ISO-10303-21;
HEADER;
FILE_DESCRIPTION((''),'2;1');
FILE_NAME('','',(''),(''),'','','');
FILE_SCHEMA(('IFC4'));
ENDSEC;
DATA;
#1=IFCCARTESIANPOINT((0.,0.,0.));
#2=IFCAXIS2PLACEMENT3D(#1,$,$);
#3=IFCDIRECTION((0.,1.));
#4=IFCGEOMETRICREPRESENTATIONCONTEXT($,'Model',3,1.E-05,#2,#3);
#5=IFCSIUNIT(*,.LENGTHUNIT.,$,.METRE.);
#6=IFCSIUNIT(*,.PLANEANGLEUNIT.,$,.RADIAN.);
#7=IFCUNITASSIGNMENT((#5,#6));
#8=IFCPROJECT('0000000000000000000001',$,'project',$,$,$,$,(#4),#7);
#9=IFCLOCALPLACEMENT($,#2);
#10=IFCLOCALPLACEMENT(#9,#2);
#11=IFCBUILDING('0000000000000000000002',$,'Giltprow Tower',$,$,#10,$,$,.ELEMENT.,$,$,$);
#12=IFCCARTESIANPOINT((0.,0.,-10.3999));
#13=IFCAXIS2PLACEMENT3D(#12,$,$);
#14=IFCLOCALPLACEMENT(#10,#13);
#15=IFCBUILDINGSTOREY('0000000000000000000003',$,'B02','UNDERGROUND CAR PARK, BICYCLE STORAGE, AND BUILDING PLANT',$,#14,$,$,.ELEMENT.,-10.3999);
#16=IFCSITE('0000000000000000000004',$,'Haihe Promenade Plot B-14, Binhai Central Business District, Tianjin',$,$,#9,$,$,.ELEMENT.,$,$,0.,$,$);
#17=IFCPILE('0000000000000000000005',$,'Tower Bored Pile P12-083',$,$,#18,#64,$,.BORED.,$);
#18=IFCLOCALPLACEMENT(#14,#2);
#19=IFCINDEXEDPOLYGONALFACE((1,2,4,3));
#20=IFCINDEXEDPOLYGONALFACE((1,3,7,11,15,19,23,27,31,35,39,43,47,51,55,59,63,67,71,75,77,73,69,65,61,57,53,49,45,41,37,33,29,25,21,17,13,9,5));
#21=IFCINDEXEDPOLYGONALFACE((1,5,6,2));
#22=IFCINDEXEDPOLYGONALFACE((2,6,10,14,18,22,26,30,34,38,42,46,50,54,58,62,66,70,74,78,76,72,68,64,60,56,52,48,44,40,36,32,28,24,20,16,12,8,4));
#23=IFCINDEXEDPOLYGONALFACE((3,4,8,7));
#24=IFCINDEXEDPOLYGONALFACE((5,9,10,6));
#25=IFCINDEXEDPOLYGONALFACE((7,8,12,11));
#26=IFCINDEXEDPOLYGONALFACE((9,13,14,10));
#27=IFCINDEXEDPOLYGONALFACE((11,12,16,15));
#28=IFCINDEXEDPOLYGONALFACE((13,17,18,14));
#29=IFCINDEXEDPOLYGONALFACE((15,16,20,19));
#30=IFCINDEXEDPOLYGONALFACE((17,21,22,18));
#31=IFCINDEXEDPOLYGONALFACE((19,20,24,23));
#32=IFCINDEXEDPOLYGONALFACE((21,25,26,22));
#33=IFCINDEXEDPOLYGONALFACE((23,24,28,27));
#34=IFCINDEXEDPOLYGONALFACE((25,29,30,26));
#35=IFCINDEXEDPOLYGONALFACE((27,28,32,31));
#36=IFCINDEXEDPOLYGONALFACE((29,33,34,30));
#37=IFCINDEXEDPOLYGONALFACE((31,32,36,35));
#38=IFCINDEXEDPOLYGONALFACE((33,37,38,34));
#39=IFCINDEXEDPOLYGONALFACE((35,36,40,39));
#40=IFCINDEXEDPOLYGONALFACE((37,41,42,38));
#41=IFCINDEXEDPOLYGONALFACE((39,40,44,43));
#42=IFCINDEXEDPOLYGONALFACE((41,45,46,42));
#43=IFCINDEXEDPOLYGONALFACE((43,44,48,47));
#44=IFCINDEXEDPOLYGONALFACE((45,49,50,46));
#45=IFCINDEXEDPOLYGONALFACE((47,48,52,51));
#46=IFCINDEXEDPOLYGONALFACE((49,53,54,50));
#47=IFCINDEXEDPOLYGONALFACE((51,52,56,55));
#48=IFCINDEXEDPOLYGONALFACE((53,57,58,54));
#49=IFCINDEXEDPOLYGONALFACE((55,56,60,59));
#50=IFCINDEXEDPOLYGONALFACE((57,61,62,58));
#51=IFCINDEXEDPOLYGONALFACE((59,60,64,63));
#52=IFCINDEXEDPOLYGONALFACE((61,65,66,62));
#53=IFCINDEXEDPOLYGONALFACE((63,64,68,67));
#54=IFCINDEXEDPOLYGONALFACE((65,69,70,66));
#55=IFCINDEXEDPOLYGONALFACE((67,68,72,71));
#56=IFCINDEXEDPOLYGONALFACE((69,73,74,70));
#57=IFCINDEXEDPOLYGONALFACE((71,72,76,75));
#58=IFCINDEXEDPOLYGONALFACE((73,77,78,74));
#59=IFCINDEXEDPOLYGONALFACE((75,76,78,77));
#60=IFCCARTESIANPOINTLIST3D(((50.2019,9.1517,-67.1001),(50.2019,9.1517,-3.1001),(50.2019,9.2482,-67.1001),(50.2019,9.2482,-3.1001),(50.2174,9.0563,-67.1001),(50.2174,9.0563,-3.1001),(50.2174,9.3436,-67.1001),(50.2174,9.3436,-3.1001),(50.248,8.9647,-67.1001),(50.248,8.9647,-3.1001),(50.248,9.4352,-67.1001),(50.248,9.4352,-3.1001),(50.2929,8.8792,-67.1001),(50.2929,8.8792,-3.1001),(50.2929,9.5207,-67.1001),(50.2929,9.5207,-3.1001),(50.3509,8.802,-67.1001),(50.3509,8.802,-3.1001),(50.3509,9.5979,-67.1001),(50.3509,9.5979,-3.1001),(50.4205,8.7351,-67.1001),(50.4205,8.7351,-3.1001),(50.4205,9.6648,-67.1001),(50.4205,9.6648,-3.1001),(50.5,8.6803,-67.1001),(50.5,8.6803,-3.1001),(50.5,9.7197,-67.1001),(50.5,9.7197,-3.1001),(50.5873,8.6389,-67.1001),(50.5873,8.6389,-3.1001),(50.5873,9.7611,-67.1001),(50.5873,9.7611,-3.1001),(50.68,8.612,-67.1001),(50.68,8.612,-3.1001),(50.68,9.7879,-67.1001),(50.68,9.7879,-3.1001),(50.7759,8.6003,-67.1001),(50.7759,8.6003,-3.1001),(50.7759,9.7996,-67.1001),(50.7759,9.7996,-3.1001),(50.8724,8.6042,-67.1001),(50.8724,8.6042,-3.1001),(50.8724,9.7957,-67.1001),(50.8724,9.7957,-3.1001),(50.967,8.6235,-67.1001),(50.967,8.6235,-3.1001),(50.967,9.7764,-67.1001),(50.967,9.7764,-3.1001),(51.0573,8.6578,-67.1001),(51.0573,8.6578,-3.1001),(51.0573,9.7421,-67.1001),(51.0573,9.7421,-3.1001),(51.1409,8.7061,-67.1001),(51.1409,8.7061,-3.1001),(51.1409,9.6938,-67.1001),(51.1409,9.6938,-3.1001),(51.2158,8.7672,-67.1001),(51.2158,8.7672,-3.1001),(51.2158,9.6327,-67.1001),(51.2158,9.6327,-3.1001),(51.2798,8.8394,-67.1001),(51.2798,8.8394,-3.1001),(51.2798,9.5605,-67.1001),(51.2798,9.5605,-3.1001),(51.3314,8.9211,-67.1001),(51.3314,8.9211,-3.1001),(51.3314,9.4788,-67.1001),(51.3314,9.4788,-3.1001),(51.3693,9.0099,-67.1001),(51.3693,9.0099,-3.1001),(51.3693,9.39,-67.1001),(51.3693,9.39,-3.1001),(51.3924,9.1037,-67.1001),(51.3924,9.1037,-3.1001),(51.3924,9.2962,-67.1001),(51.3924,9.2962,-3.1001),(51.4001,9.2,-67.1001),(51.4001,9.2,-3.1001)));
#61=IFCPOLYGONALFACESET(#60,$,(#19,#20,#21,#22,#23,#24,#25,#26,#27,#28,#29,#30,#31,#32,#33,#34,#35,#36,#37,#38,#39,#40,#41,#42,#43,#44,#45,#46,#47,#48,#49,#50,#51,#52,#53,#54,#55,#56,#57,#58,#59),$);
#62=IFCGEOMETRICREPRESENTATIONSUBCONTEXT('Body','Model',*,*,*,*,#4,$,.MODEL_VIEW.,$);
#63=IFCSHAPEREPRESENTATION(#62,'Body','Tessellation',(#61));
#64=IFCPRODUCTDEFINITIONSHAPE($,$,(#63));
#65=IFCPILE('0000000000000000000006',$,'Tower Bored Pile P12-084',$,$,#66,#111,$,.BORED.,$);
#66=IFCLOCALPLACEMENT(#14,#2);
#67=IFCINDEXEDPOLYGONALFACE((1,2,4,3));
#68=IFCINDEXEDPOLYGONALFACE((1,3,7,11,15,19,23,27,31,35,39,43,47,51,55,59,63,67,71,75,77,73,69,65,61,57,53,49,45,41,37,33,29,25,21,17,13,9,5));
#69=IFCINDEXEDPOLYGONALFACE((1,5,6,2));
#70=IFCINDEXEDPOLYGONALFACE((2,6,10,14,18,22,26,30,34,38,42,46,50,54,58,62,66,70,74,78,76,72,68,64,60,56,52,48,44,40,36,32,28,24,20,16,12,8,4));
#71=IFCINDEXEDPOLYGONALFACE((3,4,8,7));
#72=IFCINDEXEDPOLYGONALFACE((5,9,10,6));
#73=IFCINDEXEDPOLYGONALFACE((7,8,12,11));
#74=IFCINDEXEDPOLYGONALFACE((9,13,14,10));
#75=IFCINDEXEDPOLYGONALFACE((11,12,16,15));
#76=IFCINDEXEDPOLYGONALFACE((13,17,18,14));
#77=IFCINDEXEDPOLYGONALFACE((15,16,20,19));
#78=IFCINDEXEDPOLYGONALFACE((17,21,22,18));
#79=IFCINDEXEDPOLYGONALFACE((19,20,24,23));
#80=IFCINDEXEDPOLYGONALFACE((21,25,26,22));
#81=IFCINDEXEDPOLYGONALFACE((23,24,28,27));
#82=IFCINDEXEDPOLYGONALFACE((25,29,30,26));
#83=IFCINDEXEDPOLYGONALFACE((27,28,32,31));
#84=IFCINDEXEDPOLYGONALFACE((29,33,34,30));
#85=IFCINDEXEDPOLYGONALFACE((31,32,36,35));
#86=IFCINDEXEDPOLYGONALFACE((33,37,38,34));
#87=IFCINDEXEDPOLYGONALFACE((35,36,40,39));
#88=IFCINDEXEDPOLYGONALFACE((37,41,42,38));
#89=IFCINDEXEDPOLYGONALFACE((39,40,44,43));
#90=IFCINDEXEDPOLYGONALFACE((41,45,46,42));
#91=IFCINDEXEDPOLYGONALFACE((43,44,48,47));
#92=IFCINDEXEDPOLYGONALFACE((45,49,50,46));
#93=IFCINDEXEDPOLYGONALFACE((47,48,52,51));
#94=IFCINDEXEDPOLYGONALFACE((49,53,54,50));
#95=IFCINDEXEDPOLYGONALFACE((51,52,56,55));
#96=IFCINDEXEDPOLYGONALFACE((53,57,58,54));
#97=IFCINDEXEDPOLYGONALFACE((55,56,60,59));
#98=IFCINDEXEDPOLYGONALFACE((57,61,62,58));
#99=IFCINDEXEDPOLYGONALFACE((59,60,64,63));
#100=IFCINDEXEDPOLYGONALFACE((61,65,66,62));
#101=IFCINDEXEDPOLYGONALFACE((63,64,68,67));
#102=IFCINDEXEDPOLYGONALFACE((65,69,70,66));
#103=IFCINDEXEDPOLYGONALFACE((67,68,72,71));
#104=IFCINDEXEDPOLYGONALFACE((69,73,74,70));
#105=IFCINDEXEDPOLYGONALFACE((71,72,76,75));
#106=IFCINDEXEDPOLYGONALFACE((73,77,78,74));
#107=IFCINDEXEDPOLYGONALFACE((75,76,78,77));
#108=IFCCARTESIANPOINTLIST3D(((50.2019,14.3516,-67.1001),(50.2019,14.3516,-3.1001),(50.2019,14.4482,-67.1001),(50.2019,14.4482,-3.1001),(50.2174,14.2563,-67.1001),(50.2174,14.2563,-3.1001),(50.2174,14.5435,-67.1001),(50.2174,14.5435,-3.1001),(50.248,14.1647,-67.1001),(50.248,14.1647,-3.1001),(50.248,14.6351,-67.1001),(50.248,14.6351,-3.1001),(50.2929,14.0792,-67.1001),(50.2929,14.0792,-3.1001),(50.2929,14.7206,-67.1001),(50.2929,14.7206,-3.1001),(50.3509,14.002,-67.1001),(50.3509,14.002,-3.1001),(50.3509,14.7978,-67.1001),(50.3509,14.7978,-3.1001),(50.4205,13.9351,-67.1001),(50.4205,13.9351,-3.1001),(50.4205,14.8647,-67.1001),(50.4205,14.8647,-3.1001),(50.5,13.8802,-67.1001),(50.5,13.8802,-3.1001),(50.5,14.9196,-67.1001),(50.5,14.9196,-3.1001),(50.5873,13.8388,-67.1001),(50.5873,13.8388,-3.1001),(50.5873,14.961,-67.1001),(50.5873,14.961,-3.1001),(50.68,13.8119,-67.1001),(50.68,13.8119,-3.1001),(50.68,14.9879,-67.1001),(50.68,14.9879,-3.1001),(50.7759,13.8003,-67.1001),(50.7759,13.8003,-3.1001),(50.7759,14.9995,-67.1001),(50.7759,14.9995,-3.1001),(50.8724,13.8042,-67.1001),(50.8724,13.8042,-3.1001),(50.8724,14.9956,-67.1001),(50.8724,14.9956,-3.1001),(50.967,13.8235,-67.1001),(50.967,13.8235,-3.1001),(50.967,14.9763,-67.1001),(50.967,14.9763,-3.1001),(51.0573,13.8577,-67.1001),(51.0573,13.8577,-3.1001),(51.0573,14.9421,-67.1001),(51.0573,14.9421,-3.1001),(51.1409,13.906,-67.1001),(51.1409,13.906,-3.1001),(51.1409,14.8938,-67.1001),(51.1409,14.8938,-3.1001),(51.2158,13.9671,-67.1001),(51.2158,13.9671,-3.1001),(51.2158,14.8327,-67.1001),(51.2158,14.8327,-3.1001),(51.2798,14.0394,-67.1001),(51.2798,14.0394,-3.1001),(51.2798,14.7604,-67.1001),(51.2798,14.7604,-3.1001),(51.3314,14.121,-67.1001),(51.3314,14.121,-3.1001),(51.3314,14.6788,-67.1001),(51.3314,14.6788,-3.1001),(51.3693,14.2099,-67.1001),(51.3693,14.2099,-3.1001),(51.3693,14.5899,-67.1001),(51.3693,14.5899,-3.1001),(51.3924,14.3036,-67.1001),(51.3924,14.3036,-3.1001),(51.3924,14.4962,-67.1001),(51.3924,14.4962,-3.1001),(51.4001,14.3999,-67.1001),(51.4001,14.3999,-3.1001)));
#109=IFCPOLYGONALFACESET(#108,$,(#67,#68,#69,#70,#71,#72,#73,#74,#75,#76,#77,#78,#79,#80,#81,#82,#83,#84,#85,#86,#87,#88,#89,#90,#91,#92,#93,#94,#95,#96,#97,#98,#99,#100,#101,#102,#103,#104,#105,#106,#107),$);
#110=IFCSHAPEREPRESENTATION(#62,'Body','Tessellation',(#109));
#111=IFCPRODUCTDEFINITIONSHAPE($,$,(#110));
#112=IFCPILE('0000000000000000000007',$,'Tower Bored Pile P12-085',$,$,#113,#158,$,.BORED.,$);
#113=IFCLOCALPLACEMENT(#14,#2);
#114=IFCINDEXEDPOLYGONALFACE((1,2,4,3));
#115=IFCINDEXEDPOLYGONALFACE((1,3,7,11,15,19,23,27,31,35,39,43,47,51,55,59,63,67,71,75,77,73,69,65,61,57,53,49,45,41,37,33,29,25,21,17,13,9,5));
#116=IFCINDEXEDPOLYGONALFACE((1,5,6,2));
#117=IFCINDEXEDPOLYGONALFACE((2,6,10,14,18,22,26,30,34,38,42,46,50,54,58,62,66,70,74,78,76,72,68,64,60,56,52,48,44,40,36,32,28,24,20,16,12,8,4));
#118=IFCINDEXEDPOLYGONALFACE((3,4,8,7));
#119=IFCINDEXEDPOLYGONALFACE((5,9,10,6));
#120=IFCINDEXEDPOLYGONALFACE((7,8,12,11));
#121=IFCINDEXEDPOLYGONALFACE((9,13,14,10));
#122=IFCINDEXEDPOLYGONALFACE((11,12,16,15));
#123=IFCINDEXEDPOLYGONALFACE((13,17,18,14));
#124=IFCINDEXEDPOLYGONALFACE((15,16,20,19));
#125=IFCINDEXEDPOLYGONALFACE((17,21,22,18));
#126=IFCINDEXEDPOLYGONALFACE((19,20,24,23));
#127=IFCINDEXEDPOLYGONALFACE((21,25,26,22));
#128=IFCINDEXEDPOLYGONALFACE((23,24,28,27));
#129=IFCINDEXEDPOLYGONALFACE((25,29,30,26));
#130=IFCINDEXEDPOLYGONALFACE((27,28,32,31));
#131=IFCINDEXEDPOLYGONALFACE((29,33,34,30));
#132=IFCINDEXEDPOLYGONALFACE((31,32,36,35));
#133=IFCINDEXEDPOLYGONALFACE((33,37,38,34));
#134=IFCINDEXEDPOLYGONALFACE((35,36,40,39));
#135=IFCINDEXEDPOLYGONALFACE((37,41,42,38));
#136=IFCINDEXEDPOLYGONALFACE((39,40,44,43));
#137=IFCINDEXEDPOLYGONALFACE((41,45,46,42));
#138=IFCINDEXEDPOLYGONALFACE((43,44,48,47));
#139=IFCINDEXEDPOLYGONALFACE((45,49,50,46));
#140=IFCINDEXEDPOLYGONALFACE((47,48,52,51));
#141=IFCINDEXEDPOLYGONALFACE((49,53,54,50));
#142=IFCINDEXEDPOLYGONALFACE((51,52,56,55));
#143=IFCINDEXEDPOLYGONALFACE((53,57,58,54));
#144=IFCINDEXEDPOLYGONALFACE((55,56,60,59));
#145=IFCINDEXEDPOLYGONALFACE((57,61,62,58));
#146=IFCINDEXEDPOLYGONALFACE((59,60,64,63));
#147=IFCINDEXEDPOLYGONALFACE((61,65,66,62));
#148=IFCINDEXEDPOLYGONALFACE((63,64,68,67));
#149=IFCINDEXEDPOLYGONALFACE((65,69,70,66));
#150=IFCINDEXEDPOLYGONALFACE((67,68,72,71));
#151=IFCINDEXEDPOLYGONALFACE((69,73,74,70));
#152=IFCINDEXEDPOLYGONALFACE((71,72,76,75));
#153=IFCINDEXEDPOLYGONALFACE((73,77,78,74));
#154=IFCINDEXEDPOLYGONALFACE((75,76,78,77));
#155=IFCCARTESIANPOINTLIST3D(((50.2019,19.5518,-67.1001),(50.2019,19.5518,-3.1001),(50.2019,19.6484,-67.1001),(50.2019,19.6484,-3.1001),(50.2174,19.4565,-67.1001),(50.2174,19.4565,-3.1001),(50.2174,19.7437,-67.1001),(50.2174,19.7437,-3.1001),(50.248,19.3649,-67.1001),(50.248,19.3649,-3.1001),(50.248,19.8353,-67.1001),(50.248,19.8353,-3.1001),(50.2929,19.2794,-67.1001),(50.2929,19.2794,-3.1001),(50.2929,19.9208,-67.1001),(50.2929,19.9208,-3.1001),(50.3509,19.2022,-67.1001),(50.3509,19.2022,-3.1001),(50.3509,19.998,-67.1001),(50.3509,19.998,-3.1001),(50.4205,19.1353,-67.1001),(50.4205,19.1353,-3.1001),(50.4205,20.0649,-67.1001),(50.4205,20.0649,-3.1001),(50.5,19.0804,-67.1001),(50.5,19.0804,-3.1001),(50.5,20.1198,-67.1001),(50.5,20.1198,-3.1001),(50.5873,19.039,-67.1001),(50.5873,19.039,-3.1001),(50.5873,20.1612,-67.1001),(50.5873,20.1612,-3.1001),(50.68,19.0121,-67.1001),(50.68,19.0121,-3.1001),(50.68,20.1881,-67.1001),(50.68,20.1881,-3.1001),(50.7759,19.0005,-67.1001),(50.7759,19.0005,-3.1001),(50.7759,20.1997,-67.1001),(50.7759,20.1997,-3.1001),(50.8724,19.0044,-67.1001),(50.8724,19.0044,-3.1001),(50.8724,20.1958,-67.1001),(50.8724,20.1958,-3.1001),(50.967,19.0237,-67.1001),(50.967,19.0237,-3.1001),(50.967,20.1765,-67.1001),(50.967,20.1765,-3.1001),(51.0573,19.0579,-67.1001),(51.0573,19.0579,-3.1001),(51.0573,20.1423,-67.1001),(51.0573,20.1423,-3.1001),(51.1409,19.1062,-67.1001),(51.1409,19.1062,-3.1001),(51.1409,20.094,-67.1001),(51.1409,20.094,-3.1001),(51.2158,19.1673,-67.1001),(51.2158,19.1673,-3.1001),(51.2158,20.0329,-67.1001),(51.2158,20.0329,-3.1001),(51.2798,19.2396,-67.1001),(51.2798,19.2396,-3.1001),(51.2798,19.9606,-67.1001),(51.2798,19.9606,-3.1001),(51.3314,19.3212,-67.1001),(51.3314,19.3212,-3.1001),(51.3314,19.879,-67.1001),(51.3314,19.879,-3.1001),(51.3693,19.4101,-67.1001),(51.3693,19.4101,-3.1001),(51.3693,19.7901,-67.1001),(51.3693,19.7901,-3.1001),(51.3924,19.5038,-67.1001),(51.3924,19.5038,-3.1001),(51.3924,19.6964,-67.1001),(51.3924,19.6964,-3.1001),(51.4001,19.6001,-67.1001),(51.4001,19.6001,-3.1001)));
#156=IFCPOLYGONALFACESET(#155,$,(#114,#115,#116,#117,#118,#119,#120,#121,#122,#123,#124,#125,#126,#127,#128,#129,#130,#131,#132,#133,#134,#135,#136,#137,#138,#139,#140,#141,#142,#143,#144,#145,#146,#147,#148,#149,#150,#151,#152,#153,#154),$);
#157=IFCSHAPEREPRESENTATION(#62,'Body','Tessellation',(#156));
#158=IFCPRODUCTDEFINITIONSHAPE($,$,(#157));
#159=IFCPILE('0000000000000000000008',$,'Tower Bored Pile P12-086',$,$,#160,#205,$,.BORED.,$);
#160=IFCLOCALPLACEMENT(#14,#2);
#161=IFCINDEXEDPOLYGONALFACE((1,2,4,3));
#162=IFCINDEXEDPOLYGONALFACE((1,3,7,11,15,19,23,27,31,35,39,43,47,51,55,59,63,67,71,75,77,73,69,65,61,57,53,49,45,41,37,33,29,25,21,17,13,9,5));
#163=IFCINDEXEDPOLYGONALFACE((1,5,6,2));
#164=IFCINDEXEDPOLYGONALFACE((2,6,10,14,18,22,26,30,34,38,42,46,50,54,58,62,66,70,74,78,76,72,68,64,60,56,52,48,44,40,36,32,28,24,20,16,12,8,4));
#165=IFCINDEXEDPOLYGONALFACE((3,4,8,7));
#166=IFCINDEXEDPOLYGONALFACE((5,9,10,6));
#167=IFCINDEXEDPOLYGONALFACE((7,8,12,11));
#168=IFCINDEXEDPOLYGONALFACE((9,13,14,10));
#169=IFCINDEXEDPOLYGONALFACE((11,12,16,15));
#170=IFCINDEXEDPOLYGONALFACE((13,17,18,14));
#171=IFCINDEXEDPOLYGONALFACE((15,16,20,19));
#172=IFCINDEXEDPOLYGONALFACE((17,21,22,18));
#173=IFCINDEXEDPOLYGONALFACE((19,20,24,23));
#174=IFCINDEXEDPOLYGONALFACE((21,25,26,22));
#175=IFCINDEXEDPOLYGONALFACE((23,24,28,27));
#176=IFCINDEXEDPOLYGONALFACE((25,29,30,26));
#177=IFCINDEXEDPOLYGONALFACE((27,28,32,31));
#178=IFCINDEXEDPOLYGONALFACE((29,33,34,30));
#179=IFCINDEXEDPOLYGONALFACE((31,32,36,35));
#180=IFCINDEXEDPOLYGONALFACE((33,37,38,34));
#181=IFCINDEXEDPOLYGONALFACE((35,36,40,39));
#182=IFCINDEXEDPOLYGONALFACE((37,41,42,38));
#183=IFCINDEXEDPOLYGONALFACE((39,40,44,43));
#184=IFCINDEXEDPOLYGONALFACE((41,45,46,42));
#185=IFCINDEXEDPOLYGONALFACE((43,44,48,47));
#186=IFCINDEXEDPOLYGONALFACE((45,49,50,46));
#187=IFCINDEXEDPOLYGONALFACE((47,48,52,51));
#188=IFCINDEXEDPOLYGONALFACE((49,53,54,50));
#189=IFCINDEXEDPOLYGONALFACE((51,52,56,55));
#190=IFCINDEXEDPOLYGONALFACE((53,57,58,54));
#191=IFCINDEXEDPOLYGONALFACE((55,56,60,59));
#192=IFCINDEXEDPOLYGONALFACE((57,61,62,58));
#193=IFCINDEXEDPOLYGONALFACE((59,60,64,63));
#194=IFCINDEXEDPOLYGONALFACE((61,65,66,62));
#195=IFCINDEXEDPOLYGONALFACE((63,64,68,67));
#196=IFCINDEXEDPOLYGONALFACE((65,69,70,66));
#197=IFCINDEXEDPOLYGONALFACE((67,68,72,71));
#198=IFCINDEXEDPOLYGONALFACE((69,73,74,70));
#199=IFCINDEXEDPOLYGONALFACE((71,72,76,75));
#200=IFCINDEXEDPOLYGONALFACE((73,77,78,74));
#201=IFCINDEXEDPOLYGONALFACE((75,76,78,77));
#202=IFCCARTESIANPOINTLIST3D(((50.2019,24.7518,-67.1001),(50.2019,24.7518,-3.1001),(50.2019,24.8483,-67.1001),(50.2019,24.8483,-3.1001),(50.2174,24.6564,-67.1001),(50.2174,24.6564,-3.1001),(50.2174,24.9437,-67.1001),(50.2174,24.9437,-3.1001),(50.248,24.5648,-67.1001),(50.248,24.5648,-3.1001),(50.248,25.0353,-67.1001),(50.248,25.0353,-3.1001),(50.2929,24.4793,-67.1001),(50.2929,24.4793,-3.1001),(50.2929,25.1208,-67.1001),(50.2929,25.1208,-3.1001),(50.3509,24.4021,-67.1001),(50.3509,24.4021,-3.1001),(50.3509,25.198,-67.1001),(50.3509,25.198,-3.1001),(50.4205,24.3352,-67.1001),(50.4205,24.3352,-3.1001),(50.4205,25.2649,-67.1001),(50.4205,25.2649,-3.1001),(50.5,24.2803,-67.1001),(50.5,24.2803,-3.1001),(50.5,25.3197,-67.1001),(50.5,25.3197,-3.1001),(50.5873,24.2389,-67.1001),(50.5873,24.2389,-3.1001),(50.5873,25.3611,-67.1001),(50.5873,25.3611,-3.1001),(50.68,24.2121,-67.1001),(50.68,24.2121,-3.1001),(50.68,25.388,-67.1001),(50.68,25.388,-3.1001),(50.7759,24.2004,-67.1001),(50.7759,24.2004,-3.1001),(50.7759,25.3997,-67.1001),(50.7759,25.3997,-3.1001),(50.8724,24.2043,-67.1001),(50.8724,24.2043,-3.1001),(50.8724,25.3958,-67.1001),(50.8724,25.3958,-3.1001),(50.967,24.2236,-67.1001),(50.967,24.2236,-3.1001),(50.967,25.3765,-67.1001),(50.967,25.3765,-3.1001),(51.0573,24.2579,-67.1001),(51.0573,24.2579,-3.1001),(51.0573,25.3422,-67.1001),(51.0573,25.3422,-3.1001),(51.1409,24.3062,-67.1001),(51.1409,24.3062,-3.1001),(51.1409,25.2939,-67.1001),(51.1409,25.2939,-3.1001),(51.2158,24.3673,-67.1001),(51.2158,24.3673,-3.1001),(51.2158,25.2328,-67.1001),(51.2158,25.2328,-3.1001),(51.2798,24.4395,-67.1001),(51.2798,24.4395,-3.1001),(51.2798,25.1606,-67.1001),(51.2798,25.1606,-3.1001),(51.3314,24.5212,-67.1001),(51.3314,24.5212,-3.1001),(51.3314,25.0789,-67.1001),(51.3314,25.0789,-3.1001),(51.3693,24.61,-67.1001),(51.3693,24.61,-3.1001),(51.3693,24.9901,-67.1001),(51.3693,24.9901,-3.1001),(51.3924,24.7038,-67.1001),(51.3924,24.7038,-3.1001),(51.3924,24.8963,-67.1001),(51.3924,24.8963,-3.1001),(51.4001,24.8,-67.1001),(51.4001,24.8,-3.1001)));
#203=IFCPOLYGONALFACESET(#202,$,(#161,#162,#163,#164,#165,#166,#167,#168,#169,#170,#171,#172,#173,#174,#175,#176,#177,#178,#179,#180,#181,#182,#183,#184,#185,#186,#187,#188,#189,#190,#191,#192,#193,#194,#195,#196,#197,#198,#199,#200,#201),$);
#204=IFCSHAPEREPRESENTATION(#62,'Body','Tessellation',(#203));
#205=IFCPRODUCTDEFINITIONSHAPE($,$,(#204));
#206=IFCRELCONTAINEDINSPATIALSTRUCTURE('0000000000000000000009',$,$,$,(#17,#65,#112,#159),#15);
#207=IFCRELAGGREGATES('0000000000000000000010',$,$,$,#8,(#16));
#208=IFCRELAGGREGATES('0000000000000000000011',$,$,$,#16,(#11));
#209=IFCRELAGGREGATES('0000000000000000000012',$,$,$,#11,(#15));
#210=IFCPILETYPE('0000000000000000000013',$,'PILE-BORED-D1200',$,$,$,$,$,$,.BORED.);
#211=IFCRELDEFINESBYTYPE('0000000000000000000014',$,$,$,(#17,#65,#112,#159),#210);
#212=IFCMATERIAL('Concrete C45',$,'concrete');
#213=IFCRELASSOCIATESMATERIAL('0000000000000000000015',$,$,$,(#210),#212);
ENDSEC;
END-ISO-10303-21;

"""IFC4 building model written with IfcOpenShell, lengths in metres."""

from ifc_helpers import new_model, si_unit, direction, frame, origin, origin_2d, place, context, subcontext, project, spatial, circle, extrude, source, transform, mapped, material, material_profile, profile_set, type_object, element, save


model = new_model("IFC4")

# Units and contexts
model_context = context("Model", 3, precision=1e-05, world=origin(), true_north=direction((0.0, 1.0)))
body_context = subcontext(model_context, "Body", "Model", "MODEL_VIEW")
ifc_project = project(units=[si_unit("LENGTHUNIT", "METRE"), si_unit("PLANEANGLEUNIT", "RADIAN")], contexts=[model_context])

# Site, building, storey
site_placement = place(None, origin())
site = spatial("IfcSite", under=ifc_project, at=site_placement, Name="Haihe Promenade Plot B-14, Binhai Central Business District, Tianjin", CompositionType="ELEMENT", RefElevation=0.0)
building_placement = place(site_placement, origin())
building = spatial("IfcBuilding", under=site, at=building_placement, Name="Giltprow Tower", CompositionType="ELEMENT")
storey_placement = place(building_placement, frame((0.0, 0.0, -10.3999)))
storey = spatial("IfcBuildingStorey", under=building, at=storey_placement, Name="B02", Description="UNDERGROUND CAR PARK, BICYCLE STORAGE, AND BUILDING PLANT", CompositionType="ELEMENT", Elevation=-10.3999)

# Shared definitions
ifc_material_1 = material(Name="Concrete C45", Category="concrete")

# Piles
ifc_material_profile_1 = material_profile(ifc_material_1, circle(Radius=0.6001, at=origin_2d()), Name="PILE D1200")
ifc_profile_set_1 = profile_set([ifc_material_profile_1], Name="Concrete C45")
pile_type = type_object("IfcPileType", Name="PILE-BORED-D1200", PredefinedType="BORED", material=ifc_profile_set_1)
shared_shape_1 = source(origin(), body_context, "Body", "SweptSolid", [
    extrude(circle(Radius=0.6001, at=origin_2d()), origin(), (0.0, 0.0, 1.0), 64.0),
])
for number, where, z_axis, x_axis, name in (
    (1, (50.8, 9.2, -3.1001), (0.0, 0.0, -1.0), (1.0, 0.0, 0.0), "Tower Bored Pile P12-083"),
    (2, (50.8, 14.3999, -3.1001), (0.0, 0.0, -1.0), (1.0, 0.0, 0.0), "Tower Bored Pile P12-084"),
    (3, (50.8, 19.6001, -3.1001), (0.0, 0.0, -1.0), (1.0, 0.0, 0.0), "Tower Bored Pile P12-085"),
    (4, (50.8, 24.8, -3.1001), (0.0, 0.0, -1.0), (1.0, 0.0, 0.0), "Tower Bored Pile P12-086"),
):
    element("IfcPile", number, at=place(storey_placement, frame(where, z_axis=z_axis, x_axis=x_axis)), inside=storey, type_object=pile_type, Name=name, PredefinedType="BORED", context=body_context, shape_type="MappedRepresentation", body=[
        mapped(shared_shape_1, transform((0.0, 0.0, 0.0), x_axis=(1.0, 0.0, 0.0), y_axis=(0.0, 1.0, 0.0), z_axis=(0.0, 0.0, 1.0), scale=1.0)),
    ])

save(model, "model.ifc")
